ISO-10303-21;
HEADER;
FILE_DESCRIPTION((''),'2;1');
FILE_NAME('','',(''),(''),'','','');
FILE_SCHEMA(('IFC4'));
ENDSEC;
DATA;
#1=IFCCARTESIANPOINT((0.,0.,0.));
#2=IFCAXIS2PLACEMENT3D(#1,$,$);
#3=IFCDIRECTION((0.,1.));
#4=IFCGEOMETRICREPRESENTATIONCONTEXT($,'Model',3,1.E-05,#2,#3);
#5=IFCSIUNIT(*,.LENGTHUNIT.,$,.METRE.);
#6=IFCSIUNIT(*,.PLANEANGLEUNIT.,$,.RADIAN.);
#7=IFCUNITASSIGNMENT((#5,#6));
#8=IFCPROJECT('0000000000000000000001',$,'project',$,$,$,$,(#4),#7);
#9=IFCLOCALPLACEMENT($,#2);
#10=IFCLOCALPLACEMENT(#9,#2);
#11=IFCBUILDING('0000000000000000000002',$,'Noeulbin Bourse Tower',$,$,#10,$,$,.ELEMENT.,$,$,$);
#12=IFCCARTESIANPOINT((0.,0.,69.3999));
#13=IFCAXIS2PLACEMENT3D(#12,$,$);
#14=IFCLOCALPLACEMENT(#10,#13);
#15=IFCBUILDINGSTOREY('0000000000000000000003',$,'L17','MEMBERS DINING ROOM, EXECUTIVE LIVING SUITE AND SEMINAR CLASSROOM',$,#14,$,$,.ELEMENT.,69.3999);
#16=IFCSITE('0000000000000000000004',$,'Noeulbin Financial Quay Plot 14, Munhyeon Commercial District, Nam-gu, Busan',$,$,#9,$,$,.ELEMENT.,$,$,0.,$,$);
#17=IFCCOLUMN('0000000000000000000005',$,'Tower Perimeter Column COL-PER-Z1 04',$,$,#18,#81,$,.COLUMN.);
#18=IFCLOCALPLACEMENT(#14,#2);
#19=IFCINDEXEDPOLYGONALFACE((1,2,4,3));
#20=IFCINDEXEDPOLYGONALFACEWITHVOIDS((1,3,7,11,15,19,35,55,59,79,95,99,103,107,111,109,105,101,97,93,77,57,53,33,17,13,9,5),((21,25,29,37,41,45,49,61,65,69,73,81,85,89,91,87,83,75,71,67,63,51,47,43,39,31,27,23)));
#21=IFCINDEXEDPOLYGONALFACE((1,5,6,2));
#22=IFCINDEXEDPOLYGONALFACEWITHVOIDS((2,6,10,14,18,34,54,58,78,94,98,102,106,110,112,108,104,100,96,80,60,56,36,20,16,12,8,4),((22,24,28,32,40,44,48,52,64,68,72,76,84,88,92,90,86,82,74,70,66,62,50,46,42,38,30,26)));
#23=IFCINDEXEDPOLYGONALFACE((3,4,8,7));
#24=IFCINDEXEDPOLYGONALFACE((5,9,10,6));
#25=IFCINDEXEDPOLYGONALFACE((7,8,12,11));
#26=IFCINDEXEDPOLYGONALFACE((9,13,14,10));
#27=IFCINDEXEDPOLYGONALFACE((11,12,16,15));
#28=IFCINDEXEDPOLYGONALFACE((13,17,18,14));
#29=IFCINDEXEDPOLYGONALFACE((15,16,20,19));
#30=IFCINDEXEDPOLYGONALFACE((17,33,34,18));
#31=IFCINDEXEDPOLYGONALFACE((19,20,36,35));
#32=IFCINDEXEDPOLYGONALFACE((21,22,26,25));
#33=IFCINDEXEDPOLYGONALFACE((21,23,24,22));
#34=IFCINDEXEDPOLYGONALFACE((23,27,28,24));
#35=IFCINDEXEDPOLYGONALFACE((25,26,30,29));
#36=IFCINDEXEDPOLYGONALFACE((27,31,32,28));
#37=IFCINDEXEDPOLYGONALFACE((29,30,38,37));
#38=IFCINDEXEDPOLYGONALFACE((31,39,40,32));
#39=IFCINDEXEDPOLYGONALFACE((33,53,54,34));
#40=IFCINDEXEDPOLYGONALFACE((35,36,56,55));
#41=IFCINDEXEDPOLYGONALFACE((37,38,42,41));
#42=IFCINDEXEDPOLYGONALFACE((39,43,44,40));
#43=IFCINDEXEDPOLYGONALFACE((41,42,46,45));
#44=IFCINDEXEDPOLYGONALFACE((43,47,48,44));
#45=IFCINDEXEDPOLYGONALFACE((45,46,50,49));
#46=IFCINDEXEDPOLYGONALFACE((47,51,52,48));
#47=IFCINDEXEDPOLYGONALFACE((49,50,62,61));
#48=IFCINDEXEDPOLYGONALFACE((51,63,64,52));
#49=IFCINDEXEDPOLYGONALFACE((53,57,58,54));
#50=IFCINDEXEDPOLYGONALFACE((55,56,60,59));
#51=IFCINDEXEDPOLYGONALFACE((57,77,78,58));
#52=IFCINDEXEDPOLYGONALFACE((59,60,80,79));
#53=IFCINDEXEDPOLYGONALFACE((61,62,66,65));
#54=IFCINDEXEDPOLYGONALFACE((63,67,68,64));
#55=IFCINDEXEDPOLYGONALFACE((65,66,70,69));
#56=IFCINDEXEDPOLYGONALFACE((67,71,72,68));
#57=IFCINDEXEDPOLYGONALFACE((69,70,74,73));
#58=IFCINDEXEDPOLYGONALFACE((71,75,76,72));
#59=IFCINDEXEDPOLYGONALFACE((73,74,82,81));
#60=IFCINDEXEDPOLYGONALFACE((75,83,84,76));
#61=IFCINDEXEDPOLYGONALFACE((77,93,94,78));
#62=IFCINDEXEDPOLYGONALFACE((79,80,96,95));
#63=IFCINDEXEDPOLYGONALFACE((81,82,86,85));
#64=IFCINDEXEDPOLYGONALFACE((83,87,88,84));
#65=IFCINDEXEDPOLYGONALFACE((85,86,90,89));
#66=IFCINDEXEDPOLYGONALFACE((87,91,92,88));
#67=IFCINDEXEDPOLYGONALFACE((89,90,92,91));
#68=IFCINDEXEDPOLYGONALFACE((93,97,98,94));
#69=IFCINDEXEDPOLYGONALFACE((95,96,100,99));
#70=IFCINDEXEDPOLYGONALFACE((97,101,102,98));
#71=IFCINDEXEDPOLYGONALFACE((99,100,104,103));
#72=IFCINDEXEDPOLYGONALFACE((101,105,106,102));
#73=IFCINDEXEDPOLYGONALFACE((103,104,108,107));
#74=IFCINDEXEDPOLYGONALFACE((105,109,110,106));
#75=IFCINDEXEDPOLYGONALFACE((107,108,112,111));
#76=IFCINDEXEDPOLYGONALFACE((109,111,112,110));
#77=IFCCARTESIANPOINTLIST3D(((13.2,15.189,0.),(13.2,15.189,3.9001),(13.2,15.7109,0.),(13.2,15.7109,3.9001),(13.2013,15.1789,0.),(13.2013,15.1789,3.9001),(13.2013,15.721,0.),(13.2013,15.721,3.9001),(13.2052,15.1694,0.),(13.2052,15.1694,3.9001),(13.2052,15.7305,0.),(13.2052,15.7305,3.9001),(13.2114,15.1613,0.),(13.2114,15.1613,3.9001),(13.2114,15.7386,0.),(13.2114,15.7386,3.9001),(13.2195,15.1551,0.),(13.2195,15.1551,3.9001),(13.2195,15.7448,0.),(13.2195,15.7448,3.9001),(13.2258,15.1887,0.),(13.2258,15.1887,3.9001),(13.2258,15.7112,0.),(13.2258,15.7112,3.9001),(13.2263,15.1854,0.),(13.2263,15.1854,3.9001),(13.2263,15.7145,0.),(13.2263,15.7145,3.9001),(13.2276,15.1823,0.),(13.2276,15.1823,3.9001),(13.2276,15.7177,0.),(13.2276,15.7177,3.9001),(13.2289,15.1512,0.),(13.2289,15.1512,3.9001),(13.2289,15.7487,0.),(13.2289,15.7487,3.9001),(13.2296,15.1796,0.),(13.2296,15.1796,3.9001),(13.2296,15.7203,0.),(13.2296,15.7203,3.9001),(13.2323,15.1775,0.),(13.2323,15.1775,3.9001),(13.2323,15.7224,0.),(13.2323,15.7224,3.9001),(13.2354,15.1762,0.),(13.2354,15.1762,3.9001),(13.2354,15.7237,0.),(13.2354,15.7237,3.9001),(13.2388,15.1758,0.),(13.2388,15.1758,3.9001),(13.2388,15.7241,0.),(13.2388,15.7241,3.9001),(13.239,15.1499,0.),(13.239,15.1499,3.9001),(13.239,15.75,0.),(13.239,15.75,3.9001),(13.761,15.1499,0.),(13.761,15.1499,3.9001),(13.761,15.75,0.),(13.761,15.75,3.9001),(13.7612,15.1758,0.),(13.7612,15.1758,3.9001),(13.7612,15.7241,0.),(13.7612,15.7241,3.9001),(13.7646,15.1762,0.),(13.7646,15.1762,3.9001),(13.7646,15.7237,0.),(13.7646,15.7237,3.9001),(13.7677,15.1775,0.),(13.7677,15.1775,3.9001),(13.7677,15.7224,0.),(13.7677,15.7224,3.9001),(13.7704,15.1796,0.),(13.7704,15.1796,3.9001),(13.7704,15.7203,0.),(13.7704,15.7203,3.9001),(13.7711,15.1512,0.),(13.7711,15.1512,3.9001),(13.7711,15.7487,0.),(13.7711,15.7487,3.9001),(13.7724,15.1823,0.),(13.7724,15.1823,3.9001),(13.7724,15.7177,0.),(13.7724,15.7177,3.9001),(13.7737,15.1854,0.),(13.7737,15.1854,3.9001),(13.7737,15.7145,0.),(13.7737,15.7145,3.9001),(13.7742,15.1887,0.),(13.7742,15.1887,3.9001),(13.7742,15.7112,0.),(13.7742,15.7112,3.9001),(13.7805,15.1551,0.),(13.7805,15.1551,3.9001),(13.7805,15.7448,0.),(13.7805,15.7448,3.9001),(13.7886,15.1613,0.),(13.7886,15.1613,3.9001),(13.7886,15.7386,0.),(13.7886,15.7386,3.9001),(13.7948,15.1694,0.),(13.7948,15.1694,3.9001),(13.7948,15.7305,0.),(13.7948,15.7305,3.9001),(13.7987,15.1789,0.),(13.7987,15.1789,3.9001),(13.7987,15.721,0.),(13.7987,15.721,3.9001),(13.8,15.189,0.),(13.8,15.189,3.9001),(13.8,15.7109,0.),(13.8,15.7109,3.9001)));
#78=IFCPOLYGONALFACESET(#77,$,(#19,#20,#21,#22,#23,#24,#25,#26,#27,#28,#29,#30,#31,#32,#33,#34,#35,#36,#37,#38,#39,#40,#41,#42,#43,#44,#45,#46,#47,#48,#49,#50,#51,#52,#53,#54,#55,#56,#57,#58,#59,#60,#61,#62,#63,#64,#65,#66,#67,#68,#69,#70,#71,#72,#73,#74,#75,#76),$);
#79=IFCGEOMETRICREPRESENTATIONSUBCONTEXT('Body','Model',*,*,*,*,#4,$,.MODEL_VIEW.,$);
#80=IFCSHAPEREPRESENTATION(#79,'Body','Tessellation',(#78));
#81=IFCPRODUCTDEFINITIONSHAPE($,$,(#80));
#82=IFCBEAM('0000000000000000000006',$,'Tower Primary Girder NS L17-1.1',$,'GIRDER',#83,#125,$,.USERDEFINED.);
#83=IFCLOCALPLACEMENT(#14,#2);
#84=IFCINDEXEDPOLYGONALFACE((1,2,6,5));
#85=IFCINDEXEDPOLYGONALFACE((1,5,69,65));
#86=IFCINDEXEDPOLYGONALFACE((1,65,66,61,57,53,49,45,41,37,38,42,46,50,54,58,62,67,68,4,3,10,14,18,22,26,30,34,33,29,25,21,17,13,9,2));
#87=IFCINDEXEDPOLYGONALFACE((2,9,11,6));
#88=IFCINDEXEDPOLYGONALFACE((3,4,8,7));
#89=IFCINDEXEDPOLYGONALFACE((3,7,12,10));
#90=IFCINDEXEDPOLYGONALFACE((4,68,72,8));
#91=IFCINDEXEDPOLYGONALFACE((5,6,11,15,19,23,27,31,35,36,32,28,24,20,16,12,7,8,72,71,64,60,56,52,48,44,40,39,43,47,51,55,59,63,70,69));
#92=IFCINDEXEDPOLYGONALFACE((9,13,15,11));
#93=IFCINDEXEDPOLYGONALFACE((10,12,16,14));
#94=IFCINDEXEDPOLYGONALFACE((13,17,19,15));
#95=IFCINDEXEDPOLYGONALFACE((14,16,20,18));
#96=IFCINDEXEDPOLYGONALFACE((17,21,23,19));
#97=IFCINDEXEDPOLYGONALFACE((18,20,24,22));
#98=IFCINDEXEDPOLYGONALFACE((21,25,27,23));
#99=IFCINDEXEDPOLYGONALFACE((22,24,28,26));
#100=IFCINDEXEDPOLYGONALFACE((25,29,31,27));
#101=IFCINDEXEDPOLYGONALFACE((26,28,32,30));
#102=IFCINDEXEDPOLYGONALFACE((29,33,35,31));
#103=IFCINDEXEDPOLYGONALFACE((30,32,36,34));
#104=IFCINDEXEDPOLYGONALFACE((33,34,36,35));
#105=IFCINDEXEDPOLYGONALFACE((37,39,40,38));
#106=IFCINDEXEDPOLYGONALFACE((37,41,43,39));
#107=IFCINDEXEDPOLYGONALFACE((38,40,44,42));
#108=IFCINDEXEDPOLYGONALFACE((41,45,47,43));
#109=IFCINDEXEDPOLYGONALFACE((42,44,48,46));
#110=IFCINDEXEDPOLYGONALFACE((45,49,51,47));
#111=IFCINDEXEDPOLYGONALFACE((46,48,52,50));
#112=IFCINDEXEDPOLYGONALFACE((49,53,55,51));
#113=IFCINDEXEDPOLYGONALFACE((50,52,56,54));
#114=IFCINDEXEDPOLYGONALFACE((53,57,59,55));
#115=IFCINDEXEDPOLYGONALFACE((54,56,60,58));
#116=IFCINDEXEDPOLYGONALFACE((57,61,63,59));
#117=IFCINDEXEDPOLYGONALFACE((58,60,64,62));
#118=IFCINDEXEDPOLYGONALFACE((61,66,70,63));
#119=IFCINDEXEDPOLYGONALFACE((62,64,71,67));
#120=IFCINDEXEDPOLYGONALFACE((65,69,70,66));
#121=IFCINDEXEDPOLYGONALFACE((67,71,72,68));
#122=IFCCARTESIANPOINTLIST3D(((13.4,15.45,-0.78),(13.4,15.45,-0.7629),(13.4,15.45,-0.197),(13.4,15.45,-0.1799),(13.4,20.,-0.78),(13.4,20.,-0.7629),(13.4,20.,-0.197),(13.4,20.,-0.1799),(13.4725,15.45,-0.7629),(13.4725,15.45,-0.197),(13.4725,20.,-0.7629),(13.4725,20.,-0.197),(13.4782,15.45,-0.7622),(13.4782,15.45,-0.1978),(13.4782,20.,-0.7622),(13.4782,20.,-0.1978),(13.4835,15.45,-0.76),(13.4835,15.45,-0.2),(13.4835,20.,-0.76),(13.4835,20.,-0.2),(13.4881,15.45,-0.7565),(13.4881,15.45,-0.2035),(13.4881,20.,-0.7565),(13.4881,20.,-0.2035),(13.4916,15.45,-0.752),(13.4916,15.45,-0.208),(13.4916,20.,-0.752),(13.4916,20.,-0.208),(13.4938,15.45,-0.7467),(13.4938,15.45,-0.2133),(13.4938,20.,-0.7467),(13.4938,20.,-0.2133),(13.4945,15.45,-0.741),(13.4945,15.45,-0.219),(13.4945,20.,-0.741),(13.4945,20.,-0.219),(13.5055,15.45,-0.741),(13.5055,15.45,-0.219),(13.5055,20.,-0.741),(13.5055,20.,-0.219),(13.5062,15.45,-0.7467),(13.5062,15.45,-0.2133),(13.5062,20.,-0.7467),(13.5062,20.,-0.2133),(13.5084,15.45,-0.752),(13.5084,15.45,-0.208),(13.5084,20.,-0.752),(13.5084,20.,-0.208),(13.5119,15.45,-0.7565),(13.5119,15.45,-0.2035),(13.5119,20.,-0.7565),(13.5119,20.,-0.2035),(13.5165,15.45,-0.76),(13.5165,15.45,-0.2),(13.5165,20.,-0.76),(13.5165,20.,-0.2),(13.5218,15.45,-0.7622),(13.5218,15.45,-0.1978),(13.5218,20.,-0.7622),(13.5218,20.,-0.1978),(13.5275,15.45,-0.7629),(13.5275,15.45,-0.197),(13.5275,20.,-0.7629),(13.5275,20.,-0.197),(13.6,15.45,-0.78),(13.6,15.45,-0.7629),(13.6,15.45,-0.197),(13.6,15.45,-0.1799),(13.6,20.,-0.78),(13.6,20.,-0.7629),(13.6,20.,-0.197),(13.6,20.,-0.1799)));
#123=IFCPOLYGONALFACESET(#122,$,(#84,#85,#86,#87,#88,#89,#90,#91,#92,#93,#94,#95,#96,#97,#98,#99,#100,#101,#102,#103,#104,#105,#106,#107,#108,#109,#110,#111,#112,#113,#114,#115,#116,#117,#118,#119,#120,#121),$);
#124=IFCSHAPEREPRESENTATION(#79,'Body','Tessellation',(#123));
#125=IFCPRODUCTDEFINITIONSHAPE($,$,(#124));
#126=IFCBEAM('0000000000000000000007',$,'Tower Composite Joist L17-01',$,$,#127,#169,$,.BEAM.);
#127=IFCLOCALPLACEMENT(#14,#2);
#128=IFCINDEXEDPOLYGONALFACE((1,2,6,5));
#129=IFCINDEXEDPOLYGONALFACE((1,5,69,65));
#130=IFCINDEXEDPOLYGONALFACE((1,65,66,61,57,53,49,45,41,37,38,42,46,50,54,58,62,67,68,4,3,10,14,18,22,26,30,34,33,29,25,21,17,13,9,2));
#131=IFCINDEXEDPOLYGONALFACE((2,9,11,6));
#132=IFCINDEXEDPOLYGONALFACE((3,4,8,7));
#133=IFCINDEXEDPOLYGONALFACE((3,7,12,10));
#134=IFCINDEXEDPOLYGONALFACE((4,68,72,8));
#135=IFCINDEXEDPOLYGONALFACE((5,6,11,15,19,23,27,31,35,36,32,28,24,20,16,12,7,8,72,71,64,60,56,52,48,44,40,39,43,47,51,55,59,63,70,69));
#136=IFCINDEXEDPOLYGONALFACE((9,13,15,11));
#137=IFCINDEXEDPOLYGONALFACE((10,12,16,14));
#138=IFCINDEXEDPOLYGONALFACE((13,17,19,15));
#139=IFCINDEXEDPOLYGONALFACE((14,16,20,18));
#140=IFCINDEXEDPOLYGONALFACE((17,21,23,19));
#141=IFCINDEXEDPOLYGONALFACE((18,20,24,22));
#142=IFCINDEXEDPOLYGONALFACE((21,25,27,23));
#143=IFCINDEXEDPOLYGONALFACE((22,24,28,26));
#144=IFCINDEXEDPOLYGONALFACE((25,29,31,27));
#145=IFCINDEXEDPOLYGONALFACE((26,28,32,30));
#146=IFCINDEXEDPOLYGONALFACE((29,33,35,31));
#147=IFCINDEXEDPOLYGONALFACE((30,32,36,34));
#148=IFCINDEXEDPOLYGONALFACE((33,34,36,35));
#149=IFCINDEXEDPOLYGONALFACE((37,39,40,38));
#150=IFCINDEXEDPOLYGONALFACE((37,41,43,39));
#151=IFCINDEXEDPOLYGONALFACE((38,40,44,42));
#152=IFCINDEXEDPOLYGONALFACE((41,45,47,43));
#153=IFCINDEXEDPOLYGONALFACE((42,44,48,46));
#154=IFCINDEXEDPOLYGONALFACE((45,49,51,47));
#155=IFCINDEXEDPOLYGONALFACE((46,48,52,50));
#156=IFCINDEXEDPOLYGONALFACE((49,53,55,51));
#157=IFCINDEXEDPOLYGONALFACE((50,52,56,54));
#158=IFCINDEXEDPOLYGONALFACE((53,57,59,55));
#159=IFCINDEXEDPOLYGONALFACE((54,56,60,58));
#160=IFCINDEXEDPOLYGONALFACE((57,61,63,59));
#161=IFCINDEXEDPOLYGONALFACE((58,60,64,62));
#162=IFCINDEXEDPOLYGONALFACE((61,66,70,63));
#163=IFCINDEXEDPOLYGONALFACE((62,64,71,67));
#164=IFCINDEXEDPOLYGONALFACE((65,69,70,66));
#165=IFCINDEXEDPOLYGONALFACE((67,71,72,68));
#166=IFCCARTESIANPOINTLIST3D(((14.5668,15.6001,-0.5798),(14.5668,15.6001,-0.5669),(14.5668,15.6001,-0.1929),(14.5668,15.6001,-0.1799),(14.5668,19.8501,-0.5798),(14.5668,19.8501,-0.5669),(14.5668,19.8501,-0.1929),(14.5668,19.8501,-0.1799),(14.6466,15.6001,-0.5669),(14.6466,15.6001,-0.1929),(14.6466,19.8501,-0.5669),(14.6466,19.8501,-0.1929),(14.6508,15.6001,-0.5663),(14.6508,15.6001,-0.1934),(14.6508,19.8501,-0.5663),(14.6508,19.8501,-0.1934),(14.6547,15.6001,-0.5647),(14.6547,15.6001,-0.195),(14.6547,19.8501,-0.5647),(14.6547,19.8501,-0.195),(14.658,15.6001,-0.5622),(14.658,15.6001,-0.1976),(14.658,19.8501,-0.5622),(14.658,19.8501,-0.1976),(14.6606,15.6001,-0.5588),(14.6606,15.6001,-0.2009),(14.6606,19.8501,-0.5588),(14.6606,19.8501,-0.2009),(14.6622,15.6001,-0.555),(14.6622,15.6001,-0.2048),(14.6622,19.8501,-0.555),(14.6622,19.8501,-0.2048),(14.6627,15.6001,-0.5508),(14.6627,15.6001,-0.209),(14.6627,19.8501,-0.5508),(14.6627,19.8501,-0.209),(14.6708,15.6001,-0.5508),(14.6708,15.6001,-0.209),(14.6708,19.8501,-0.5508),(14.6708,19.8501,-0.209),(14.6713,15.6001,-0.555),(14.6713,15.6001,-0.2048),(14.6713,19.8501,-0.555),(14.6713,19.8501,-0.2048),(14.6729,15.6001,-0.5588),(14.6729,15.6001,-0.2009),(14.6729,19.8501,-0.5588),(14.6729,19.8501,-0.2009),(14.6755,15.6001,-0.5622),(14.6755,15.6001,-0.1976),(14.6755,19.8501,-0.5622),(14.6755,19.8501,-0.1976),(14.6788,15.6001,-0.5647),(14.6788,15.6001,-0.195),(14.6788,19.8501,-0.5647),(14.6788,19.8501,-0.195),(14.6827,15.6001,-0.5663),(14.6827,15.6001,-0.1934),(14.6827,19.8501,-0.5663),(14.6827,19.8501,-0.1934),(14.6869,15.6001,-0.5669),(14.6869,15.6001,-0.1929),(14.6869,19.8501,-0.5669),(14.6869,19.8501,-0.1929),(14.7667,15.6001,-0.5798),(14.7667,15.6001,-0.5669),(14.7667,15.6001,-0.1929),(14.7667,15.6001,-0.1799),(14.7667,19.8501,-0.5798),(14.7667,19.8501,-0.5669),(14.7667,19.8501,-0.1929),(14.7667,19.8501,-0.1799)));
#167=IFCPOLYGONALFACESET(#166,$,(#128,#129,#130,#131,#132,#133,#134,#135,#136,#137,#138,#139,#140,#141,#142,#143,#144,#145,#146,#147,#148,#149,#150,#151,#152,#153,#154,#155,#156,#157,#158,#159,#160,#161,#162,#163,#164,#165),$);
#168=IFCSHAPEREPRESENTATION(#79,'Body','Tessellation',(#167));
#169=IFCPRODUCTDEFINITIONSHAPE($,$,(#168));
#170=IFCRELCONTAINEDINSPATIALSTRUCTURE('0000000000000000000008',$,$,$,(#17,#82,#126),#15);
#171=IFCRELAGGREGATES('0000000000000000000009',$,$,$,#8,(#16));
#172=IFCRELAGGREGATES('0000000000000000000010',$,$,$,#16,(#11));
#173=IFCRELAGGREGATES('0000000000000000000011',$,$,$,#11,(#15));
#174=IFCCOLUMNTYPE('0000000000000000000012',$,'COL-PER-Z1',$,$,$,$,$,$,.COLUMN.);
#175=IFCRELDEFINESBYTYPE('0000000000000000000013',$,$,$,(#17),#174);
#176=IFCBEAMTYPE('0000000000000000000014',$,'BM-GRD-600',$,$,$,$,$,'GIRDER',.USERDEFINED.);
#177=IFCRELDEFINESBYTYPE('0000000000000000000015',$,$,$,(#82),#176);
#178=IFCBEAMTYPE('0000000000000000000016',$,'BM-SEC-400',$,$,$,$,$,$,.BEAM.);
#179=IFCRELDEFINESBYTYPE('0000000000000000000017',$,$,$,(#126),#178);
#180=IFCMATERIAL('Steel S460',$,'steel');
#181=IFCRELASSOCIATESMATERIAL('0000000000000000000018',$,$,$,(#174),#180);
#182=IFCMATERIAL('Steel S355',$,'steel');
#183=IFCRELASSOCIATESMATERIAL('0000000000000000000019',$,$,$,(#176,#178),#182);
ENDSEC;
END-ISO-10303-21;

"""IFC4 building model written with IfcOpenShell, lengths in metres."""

from ifc_helpers import new_model, si_unit, direction, frame, origin, origin_2d, place, context, subcontext, project, spatial, hollow_rectangle, i_section, extrude, material, material_profile, profile_set, type_object, element, save


model = new_model("IFC4")

# Units and contexts
model_context = context("Model", 3, precision=1e-05, world=origin(), true_north=direction((0.0, 1.0)))
body_context = subcontext(model_context, "Body", "Model", "MODEL_VIEW")
ifc_project = project(units=[si_unit("LENGTHUNIT", "METRE"), si_unit("PLANEANGLEUNIT", "RADIAN")], contexts=[model_context])

# Site, building, storey
site_placement = place(None, origin())
site = spatial("IfcSite", under=ifc_project, at=site_placement, Name="Noeulbin Financial Quay Plot 14, Munhyeon Commercial District, Nam-gu, Busan", CompositionType="ELEMENT", RefElevation=0.0)
building_placement = place(site_placement, origin())
building = spatial("IfcBuilding", under=site, at=building_placement, Name="Noeulbin Bourse Tower", CompositionType="ELEMENT")
storey_placement = place(building_placement, frame((0.0, 0.0, 69.3999)))
storey = spatial("IfcBuildingStorey", under=building, at=storey_placement, Name="L17", Description="MEMBERS DINING ROOM, EXECUTIVE LIVING SUITE AND SEMINAR CLASSROOM", CompositionType="ELEMENT", Elevation=69.3999)

# Column
ifc_material_1 = material(Name="Steel S460", Category="steel")
ifc_material_profile_1 = material_profile(ifc_material_1, hollow_rectangle(XDim=0.6001, YDim=0.6001, WallThickness=0.0259, InnerFilletRadius=0.0129, OuterFilletRadius=0.0391, at=origin_2d()), Name="BOX-600x600x26", Category="LoadBearing")
ifc_profile_set_1 = profile_set([ifc_material_profile_1], Name="Steel S460")
column_type = type_object("IfcColumnType", Name="COL-PER-Z1", PredefinedType="COLUMN", material=ifc_profile_set_1)
column_placement = place(storey_placement, frame((13.5, 15.45, 0.0), z_axis=(0.0, 0.0, 1.0), x_axis=(1.0, 0.0, 0.0)))
element("IfcColumn", 1, at=column_placement, inside=storey, type_object=column_type, Name="Tower Perimeter Column COL-PER-Z1 04", PredefinedType="COLUMN", context=body_context, shape_type="SweptSolid", body=[
    extrude(hollow_rectangle(XDim=0.6001, YDim=0.6001, WallThickness=0.0259, InnerFilletRadius=0.0129, OuterFilletRadius=0.0391, at=origin_2d()), origin(), (0.0, 0.0, 1.0), 3.9001),
])

# Beams
ifc_material_2 = material(Name="Steel S355", Category="steel")
ifc_material_profile_2 = material_profile(ifc_material_2, i_section(OverallWidth=0.2, OverallDepth=0.6001, WebThickness=0.011, FlangeThickness=0.0171, FilletRadius=0.022, at=origin_2d()), Name="H-600x200x11x17", Category="LoadBearing")
ifc_profile_set_2 = profile_set([ifc_material_profile_2], Name="Steel S355")
beam_type_1 = type_object("IfcBeamType", Name="BM-GRD-600", ElementType="GIRDER", PredefinedType="USERDEFINED", material=ifc_profile_set_2)
beam_1_placement = place(storey_placement, frame((13.5, 15.45, -0.48), z_axis=(0.0, 1.0, 0.0), x_axis=(-1.0, 0.0, 0.0)))
element("IfcBeam", 2, at=beam_1_placement, inside=storey, type_object=beam_type_1, Name="Tower Primary Girder NS L17-1.1", ObjectType="GIRDER", PredefinedType="USERDEFINED", context=body_context, shape_type="SweptSolid", body=[
    extrude(i_section(OverallWidth=0.2, OverallDepth=0.6001, WebThickness=0.011, FlangeThickness=0.0171, FilletRadius=0.022, at=origin_2d()), origin(), (0.0, 0.0, 1.0), 4.55),
])
ifc_material_profile_3 = material_profile(ifc_material_2, i_section(OverallWidth=0.2, OverallDepth=0.3999, WebThickness=0.0081, FlangeThickness=0.0129, FilletRadius=0.0161, at=origin_2d()), Name="H-400x200x8x13", Category="LoadBearing")
ifc_profile_set_3 = profile_set([ifc_material_profile_3], Name="Steel S355")
beam_type_2 = type_object("IfcBeamType", Name="BM-SEC-400", PredefinedType="BEAM", material=ifc_profile_set_3)
for number, where, z_axis, x_axis, name in (
    (3, (14.6667, 15.6001, -0.3799), (0.0, 1.0, 0.0), (-1.0, 0.0, 0.0), "Tower Composite Joist L17-01"),
):
    element("IfcBeam", number, at=place(storey_placement, frame(where, z_axis=z_axis, x_axis=x_axis)), inside=storey, type_object=beam_type_2, Name=name, PredefinedType="BEAM", context=body_context, shape_type="SweptSolid", body=[
        extrude(i_section(OverallWidth=0.2, OverallDepth=0.3999, WebThickness=0.0081, FlangeThickness=0.0129, FilletRadius=0.0161, at=origin_2d()), origin(), (0.0, 0.0, 1.0), 4.25),
    ])

save(model, "model.ifc")
